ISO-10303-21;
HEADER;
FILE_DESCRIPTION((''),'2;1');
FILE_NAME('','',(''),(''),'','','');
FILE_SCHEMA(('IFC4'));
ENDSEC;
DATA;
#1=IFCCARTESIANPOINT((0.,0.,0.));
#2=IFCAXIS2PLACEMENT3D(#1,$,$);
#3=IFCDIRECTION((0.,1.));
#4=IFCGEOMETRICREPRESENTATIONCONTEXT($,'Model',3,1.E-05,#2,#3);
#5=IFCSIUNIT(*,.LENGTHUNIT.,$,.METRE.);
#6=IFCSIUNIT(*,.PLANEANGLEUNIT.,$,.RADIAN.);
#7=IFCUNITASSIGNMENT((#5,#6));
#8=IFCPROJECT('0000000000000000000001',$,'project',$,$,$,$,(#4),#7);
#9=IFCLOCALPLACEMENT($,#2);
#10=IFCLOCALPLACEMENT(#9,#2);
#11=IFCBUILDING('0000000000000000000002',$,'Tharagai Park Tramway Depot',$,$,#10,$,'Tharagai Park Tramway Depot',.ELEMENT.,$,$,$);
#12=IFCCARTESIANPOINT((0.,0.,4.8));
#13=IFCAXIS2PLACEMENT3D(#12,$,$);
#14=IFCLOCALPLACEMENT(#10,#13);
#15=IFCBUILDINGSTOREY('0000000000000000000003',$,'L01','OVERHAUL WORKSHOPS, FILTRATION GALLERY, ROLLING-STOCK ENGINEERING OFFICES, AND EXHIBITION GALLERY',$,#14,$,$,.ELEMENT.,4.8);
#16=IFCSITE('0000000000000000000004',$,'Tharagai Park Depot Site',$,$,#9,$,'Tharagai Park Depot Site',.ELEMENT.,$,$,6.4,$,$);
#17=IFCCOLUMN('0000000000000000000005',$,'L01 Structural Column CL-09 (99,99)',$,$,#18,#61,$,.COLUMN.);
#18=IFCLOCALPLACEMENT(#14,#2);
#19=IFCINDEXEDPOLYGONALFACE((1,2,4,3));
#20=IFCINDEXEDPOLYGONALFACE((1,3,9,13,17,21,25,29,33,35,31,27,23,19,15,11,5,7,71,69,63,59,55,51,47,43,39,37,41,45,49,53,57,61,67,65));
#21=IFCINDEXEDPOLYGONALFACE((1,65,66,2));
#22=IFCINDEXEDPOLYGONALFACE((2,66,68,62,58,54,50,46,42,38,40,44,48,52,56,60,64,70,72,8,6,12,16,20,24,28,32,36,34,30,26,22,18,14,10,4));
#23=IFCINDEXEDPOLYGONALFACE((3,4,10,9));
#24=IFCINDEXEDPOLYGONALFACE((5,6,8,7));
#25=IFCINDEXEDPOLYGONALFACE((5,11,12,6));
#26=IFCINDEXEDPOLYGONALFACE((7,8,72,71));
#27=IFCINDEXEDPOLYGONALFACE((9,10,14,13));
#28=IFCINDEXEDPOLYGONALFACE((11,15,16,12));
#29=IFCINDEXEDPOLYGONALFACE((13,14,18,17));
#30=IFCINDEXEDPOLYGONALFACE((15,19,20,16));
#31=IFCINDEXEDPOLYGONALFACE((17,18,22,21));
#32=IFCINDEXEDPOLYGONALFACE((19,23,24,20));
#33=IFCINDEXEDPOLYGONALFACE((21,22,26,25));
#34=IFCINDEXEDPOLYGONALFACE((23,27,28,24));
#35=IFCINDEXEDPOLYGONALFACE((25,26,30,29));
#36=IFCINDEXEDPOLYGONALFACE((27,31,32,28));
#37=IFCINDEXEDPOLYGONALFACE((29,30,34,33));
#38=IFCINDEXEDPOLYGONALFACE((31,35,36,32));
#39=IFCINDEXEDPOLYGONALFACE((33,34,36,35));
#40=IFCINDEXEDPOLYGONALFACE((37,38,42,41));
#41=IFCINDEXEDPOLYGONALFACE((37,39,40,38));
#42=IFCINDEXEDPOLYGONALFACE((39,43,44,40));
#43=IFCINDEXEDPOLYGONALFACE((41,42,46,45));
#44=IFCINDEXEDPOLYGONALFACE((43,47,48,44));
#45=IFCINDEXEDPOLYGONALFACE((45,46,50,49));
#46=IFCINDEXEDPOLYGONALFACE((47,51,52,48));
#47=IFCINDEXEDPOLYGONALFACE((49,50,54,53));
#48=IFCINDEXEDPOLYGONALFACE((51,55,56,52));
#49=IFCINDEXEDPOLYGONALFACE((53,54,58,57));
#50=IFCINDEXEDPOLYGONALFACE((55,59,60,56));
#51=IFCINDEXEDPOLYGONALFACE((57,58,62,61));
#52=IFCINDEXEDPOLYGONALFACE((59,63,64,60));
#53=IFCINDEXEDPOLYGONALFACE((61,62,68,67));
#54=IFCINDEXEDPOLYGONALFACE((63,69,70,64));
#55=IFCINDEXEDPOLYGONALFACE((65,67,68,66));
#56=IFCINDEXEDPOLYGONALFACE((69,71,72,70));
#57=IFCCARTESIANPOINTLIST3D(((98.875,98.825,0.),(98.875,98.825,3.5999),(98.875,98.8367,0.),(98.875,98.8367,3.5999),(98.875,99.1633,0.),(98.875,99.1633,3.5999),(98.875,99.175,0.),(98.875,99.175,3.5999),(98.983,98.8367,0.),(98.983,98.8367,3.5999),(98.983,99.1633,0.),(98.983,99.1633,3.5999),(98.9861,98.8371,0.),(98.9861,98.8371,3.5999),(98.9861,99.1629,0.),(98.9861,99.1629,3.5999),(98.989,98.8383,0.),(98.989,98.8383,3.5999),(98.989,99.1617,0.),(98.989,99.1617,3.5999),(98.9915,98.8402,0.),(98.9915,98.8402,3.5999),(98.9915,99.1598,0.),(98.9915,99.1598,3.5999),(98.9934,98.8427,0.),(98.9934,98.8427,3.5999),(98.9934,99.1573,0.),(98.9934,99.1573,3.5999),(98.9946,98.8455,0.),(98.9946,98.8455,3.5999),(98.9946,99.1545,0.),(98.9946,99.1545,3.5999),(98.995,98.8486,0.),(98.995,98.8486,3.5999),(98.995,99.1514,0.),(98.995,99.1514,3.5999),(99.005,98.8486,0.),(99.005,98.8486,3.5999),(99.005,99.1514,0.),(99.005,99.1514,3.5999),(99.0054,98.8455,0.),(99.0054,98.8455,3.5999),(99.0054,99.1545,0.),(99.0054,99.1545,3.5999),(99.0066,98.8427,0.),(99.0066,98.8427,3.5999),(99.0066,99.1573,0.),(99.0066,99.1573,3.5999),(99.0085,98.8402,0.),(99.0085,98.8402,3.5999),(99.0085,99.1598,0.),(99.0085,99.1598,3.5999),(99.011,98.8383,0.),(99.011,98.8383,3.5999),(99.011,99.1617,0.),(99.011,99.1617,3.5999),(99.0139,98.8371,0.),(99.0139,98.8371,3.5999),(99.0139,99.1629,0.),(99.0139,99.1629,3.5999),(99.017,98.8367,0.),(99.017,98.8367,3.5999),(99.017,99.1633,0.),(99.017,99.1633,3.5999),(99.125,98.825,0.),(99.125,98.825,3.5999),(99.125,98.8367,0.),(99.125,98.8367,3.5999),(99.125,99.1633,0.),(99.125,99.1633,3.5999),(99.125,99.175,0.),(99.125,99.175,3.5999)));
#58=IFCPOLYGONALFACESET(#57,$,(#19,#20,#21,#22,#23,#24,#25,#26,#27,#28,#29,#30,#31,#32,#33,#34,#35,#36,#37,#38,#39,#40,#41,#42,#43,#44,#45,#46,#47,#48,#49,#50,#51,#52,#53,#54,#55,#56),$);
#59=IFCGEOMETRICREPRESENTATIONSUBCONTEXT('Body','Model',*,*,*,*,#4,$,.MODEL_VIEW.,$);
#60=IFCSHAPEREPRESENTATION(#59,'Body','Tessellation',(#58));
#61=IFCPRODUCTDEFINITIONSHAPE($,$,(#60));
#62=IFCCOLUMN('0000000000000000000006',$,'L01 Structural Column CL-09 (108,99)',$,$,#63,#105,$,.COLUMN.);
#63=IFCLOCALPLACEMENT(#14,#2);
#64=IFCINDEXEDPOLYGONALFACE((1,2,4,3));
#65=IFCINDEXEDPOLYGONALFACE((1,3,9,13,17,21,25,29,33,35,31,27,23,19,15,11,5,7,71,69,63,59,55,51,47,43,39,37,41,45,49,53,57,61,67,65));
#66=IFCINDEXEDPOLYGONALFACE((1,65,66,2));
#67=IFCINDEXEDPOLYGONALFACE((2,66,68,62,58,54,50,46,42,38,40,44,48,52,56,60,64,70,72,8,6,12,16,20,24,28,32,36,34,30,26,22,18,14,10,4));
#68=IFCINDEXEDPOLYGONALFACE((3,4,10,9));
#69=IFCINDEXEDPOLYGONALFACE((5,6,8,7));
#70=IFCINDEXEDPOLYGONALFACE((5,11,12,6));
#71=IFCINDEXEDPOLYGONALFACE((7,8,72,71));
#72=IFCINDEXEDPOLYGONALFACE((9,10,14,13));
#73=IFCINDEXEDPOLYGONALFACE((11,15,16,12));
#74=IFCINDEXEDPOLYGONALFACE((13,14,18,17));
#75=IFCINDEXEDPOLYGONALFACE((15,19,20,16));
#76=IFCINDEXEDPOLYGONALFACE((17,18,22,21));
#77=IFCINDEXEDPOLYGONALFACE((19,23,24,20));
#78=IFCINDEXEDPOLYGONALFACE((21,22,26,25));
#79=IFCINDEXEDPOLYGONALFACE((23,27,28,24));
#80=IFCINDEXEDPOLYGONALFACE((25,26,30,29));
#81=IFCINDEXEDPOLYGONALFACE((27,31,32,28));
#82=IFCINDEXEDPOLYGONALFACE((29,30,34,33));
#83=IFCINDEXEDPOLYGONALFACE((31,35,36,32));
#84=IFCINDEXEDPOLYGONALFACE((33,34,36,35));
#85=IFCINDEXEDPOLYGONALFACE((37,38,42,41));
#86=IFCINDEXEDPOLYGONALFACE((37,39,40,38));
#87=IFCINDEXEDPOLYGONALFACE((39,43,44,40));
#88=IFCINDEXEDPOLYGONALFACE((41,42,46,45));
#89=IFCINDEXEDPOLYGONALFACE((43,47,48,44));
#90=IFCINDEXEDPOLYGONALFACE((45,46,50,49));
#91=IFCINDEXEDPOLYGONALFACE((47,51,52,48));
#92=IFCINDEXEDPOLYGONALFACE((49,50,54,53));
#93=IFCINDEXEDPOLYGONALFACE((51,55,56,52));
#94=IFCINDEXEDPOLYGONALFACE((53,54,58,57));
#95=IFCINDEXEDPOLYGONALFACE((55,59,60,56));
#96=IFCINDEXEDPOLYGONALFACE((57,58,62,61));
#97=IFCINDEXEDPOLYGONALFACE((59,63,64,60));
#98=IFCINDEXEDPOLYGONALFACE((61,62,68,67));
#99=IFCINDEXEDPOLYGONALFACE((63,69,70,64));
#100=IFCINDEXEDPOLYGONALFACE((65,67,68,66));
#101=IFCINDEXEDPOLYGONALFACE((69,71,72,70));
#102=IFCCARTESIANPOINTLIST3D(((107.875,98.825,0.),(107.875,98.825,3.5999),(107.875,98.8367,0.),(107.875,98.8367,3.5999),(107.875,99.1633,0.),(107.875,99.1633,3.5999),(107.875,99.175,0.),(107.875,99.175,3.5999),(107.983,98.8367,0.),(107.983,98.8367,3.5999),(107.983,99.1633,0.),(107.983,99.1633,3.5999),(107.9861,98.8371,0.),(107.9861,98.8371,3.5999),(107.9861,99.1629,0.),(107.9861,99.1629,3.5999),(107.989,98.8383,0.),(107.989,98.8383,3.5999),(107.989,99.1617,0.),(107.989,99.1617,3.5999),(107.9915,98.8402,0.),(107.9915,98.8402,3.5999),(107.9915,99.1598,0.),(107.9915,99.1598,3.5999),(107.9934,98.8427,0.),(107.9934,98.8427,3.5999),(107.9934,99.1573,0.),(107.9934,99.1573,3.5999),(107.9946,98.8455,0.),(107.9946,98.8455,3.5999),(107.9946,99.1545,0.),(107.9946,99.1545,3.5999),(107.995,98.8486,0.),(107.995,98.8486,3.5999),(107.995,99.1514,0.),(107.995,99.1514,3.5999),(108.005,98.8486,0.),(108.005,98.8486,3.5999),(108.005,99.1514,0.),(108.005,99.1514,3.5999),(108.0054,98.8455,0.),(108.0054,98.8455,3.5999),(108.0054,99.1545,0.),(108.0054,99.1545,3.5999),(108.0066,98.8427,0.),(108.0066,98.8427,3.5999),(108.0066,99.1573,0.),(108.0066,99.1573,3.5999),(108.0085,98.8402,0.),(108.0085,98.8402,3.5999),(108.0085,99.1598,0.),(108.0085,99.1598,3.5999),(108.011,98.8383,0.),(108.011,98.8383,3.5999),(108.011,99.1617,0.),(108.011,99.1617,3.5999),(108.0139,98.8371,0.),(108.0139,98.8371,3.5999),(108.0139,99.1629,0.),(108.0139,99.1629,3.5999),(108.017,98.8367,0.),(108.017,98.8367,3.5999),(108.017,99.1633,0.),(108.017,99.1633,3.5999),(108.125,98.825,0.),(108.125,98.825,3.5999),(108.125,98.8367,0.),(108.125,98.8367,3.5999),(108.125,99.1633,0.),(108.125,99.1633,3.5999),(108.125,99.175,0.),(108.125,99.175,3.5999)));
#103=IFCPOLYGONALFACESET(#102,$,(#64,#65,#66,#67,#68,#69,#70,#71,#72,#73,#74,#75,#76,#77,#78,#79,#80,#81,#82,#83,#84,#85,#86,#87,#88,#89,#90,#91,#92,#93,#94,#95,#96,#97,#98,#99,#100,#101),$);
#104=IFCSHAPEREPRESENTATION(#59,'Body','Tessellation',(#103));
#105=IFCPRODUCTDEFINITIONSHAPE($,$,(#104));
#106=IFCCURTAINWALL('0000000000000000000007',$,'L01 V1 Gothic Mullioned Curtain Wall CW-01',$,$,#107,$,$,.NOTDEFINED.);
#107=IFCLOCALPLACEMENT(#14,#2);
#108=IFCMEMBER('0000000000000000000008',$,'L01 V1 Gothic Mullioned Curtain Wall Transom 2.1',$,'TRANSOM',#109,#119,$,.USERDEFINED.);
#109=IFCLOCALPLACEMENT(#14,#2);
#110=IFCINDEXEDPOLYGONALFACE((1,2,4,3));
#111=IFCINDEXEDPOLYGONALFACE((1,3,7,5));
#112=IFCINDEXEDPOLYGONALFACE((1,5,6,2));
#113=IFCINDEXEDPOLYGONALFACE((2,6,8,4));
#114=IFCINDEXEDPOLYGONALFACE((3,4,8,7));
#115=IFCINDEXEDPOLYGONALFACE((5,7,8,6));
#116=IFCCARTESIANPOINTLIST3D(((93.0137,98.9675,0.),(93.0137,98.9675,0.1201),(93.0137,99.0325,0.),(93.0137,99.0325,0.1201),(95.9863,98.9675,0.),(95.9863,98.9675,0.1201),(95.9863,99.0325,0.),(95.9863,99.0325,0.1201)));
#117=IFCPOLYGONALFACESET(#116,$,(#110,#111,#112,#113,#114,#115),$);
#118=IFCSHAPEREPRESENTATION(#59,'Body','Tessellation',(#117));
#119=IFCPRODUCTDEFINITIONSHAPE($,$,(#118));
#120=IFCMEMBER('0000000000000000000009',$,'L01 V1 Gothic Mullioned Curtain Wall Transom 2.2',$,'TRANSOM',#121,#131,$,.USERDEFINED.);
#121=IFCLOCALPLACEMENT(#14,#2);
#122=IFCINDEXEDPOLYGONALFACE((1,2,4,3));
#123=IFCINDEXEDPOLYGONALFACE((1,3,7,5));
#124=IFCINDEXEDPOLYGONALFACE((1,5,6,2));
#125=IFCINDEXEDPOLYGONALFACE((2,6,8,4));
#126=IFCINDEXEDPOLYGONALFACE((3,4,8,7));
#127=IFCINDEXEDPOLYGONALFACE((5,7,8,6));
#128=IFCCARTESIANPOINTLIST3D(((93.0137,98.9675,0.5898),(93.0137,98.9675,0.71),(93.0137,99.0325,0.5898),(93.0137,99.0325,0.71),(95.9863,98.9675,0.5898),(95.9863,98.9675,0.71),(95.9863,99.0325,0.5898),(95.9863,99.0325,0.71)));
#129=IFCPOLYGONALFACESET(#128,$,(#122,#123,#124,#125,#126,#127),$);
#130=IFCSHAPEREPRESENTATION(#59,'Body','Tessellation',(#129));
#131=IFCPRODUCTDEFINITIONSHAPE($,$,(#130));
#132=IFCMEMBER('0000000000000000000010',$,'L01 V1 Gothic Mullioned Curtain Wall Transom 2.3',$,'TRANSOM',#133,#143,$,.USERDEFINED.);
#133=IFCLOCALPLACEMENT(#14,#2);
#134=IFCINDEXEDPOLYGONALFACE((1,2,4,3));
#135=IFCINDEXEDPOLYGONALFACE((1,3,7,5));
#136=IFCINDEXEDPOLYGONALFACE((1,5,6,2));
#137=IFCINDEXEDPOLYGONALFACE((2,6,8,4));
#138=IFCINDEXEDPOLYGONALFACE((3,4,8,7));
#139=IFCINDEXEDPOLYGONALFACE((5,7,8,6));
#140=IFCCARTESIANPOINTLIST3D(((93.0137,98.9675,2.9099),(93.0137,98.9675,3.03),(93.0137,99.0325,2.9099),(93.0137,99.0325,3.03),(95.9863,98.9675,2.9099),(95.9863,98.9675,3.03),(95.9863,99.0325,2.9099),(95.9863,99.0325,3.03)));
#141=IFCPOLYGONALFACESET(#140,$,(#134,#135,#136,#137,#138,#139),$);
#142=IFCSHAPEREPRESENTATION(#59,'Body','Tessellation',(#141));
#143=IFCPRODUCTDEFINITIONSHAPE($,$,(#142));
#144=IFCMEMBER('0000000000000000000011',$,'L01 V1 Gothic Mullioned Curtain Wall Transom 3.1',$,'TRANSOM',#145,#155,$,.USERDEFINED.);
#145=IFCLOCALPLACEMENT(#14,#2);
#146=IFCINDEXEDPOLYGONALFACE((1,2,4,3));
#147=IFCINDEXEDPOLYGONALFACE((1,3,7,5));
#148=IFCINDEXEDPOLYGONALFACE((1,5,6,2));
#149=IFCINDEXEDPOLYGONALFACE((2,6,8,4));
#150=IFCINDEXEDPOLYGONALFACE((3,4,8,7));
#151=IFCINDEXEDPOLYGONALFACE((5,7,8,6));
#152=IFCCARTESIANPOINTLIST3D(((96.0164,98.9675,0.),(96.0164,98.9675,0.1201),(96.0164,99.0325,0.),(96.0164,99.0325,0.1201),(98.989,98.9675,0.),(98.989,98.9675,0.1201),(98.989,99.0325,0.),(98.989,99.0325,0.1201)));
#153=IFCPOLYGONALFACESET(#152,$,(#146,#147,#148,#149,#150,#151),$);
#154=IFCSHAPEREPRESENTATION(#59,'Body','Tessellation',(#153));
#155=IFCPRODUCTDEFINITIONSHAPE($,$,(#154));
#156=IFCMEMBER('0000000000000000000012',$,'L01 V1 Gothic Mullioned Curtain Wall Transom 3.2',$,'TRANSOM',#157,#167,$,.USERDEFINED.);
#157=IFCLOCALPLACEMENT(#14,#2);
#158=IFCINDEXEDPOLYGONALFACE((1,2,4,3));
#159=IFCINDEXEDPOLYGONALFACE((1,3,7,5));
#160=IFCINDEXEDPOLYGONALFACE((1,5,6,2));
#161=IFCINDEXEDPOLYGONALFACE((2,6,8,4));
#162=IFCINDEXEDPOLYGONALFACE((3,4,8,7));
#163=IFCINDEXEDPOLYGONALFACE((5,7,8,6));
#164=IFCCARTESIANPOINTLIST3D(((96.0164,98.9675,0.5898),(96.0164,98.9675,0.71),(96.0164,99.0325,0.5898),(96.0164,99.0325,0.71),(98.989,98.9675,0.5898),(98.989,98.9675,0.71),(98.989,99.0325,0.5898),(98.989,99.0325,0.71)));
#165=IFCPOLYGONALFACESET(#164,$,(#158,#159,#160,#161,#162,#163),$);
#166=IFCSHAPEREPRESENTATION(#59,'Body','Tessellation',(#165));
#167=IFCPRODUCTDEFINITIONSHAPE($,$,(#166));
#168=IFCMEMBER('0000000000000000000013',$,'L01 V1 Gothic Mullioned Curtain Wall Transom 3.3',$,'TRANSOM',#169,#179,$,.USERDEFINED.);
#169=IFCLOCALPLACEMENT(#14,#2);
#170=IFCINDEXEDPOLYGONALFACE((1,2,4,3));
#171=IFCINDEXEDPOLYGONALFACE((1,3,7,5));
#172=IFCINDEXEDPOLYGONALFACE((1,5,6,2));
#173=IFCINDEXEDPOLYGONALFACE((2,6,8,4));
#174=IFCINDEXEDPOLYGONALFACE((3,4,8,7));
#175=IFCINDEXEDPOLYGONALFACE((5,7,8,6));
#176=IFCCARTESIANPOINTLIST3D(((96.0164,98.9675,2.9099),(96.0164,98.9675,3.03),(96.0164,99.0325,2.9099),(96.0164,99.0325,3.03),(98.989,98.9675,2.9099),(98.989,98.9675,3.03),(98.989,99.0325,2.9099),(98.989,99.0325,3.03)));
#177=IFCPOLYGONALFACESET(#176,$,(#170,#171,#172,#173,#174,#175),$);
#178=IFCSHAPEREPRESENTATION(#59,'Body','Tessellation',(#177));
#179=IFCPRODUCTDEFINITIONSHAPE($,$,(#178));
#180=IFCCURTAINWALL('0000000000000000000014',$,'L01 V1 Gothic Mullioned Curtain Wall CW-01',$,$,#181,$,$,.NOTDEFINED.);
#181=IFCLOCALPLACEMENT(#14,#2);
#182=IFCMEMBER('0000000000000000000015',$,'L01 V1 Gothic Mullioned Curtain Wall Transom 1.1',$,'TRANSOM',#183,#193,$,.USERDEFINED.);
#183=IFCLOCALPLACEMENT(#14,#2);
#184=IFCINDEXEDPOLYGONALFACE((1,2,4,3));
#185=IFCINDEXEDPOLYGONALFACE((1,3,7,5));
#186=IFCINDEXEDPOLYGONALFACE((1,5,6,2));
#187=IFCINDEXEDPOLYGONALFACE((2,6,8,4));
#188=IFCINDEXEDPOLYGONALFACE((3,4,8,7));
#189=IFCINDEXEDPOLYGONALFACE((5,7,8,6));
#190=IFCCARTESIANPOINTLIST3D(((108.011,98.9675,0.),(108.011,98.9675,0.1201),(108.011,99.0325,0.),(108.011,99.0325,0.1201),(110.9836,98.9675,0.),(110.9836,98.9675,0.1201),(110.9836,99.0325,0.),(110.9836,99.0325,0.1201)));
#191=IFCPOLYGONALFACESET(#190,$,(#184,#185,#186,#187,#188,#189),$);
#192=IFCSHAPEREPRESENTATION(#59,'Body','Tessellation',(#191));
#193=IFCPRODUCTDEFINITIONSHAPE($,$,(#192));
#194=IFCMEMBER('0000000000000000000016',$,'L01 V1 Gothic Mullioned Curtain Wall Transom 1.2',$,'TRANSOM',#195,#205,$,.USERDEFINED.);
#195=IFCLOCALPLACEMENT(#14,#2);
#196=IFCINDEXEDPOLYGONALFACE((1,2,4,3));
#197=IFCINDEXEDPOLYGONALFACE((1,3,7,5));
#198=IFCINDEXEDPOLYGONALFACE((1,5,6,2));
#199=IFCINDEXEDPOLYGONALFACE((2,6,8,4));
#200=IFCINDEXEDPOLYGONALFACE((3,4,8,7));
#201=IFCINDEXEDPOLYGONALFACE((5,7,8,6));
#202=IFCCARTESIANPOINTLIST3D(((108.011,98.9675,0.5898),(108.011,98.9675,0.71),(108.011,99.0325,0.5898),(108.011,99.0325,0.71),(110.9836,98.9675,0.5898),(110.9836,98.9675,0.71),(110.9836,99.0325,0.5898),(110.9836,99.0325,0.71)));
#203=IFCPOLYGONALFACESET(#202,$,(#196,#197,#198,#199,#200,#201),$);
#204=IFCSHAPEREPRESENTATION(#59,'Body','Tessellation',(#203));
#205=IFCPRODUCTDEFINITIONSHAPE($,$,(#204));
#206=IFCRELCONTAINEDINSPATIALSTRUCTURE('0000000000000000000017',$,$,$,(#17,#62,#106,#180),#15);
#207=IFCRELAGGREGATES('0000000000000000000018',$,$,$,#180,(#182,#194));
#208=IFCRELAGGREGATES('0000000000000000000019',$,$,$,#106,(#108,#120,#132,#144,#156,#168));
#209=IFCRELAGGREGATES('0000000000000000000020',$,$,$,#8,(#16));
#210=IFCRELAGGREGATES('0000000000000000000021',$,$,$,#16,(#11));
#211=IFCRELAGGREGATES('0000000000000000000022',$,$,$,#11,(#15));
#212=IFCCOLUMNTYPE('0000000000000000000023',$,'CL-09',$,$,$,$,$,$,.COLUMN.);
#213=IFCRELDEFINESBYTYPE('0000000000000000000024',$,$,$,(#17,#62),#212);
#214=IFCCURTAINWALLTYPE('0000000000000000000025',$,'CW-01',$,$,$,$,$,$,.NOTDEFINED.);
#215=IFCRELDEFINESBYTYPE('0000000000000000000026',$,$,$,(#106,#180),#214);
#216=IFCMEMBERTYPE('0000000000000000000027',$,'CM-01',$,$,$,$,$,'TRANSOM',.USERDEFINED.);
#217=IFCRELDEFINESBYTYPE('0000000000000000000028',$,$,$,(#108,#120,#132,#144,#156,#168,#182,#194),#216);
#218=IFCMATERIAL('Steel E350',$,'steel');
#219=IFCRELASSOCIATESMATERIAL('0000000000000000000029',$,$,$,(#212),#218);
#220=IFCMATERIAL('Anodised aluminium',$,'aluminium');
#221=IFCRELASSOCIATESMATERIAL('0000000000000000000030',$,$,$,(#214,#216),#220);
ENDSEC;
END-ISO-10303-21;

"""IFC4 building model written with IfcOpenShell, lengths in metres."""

from ifc_helpers import new_model, si_unit, direction, frame, origin, origin_2d, place, context, subcontext, project, spatial, rectangle, i_section, extrude, material, material_profile, profile_set, type_object, element, aggregate, save


model = new_model("IFC4")

# Units and contexts
model_context = context("Model", 3, precision=1e-05, world=origin(), true_north=direction((0.0, 1.0)))
body_context = subcontext(model_context, "Body", "Model", "MODEL_VIEW")
ifc_project = project(units=[si_unit("LENGTHUNIT", "METRE"), si_unit("PLANEANGLEUNIT", "RADIAN")], contexts=[model_context])

# Site, building, storey
site_placement = place(None, origin())
site = spatial("IfcSite", under=ifc_project, at=site_placement, Name="Tharagai Park Depot Site", LongName="Tharagai Park Depot Site", CompositionType="ELEMENT", RefElevation=6.4)
building_placement = place(site_placement, origin())
building = spatial("IfcBuilding", under=site, at=building_placement, Name="Tharagai Park Tramway Depot", LongName="Tharagai Park Tramway Depot", CompositionType="ELEMENT")
storey_placement = place(building_placement, frame((0.0, 0.0, 4.8)))
storey = spatial("IfcBuildingStorey", under=building, at=storey_placement, Name="L01", Description="OVERHAUL WORKSHOPS, FILTRATION GALLERY, ROLLING-STOCK ENGINEERING OFFICES, AND EXHIBITION GALLERY", CompositionType="ELEMENT", Elevation=4.8)

# Columns
ifc_material_1 = material(Name="Steel E350", Category="steel")
ifc_material_profile_1 = material_profile(ifc_material_1, i_section(OverallWidth=0.25, OverallDepth=0.3501, WebThickness=0.01, FlangeThickness=0.0117, FilletRadius=0.012, at=origin_2d()), Name="ISHB 350")
ifc_profile_set_1 = profile_set([ifc_material_profile_1], Name="Steel E350")
column_type = type_object("IfcColumnType", Name="CL-09", PredefinedType="COLUMN", material=ifc_profile_set_1)
for number, where, z_axis, x_axis, name in (
    (1, (99.0, 99.0, 0.0), (0.0, 0.0, 1.0), (1.0, 0.0, 0.0), "L01 Structural Column CL-09 (99,99)"),
    (2, (108.0, 99.0, 0.0), (0.0, 0.0, 1.0), (1.0, 0.0, 0.0), "L01 Structural Column CL-09 (108,99)"),
):
    element("IfcColumn", number, at=place(storey_placement, frame(where, z_axis=z_axis, x_axis=x_axis)), inside=storey, type_object=column_type, Name=name, PredefinedType="COLUMN", context=body_context, shape_type="SweptSolid", body=[
        extrude(i_section(OverallWidth=0.25, OverallDepth=0.3501, WebThickness=0.01, FlangeThickness=0.0117, FilletRadius=0.012, at=origin_2d()), origin(), (0.0, 0.0, 1.0), 3.5999),
    ])

# Curtain walls, members
ifc_material_2 = material(Name="Anodised aluminium", Category="aluminium")
curtain_wall_type = type_object("IfcCurtainWallType", Name="CW-01", PredefinedType="NOTDEFINED", material=ifc_material_2)
curtain_wall_1_placement = place(storey_placement, origin())
curtain_wall_1 = element("IfcCurtainWall", 3, at=curtain_wall_1_placement, inside=storey, type_object=curtain_wall_type, Name="L01 V1 Gothic Mullioned Curtain Wall CW-01", PredefinedType="NOTDEFINED")
ifc_material_profile_2 = material_profile(ifc_material_2, rectangle(XDim=0.0649, YDim=0.1201, at=origin_2d()), Name="ALU 65x120")
ifc_profile_set_2 = profile_set([ifc_material_profile_2], Name="Anodised aluminium")
member_type_1 = type_object("IfcMemberType", Name="CM-01", ElementType="TRANSOM", PredefinedType="USERDEFINED", material=ifc_profile_set_2)
member_1_placement = place(storey_placement, frame((93.0137, 99.0, 0.0601), z_axis=(1.0, 0.0, 0.0), x_axis=(0.0, 1.0, 0.0)))
member_1 = element("IfcMember", 4, at=member_1_placement, type_object=member_type_1, Name="L01 V1 Gothic Mullioned Curtain Wall Transom 2.1", ObjectType="TRANSOM", PredefinedType="USERDEFINED", context=body_context, shape_type="SweptSolid", body=[
    extrude(rectangle(XDim=0.0649, YDim=0.1201, at=origin_2d()), origin(), (0.0, 0.0, 1.0), 2.9727),
])
member_2_placement = place(storey_placement, frame((93.0137, 99.0, 0.6499), z_axis=(1.0, 0.0, 0.0), x_axis=(0.0, 1.0, 0.0)))
member_2 = element("IfcMember", 5, at=member_2_placement, type_object=member_type_1, Name="L01 V1 Gothic Mullioned Curtain Wall Transom 2.2", ObjectType="TRANSOM", PredefinedType="USERDEFINED", context=body_context, shape_type="SweptSolid", body=[
    extrude(rectangle(XDim=0.0649, YDim=0.1201, at=origin_2d()), origin(), (0.0, 0.0, 1.0), 2.9727),
])
member_3_placement = place(storey_placement, frame((93.0137, 99.0, 2.97), z_axis=(1.0, 0.0, 0.0), x_axis=(0.0, 1.0, 0.0)))
member_3 = element("IfcMember", 6, at=member_3_placement, type_object=member_type_1, Name="L01 V1 Gothic Mullioned Curtain Wall Transom 2.3", ObjectType="TRANSOM", PredefinedType="USERDEFINED", context=body_context, shape_type="SweptSolid", body=[
    extrude(rectangle(XDim=0.0649, YDim=0.1201, at=origin_2d()), origin(), (0.0, 0.0, 1.0), 2.9727),
])
member_4_placement = place(storey_placement, frame((96.0164, 99.0, 0.0601), z_axis=(1.0, 0.0, 0.0), x_axis=(0.0, 1.0, 0.0)))
member_4 = element("IfcMember", 7, at=member_4_placement, type_object=member_type_1, Name="L01 V1 Gothic Mullioned Curtain Wall Transom 3.1", ObjectType="TRANSOM", PredefinedType="USERDEFINED", context=body_context, shape_type="SweptSolid", body=[
    extrude(rectangle(XDim=0.0649, YDim=0.1201, at=origin_2d()), origin(), (0.0, 0.0, 1.0), 2.9727),
])
member_5_placement = place(storey_placement, frame((96.0164, 99.0, 0.6499), z_axis=(1.0, 0.0, 0.0), x_axis=(0.0, 1.0, 0.0)))
member_5 = element("IfcMember", 8, at=member_5_placement, type_object=member_type_1, Name="L01 V1 Gothic Mullioned Curtain Wall Transom 3.2", ObjectType="TRANSOM", PredefinedType="USERDEFINED", context=body_context, shape_type="SweptSolid", body=[
    extrude(rectangle(XDim=0.0649, YDim=0.1201, at=origin_2d()), origin(), (0.0, 0.0, 1.0), 2.9727),
])
member_6_placement = place(storey_placement, frame((96.0164, 99.0, 2.97), z_axis=(1.0, 0.0, 0.0), x_axis=(0.0, 1.0, 0.0)))
member_6 = element("IfcMember", 9, at=member_6_placement, type_object=member_type_1, Name="L01 V1 Gothic Mullioned Curtain Wall Transom 3.3", ObjectType="TRANSOM", PredefinedType="USERDEFINED", context=body_context, shape_type="SweptSolid", body=[
    extrude(rectangle(XDim=0.0649, YDim=0.1201, at=origin_2d()), origin(), (0.0, 0.0, 1.0), 2.9727),
])
curtain_wall_2_placement = place(storey_placement, origin())
curtain_wall_2 = element("IfcCurtainWall", 10, at=curtain_wall_2_placement, inside=storey, type_object=curtain_wall_type, Name="L01 V1 Gothic Mullioned Curtain Wall CW-01", PredefinedType="NOTDEFINED")
member_7_placement = place(storey_placement, frame((108.011, 99.0, 0.0601), z_axis=(1.0, 0.0, 0.0), x_axis=(0.0, 1.0, 0.0)))
member_7 = element("IfcMember", 11, at=member_7_placement, type_object=member_type_1, Name="L01 V1 Gothic Mullioned Curtain Wall Transom 1.1", ObjectType="TRANSOM", PredefinedType="USERDEFINED", context=body_context, shape_type="SweptSolid", body=[
    extrude(rectangle(XDim=0.0649, YDim=0.1201, at=origin_2d()), origin(), (0.0, 0.0, 1.0), 2.9727),
])
member_8_placement = place(storey_placement, frame((108.011, 99.0, 0.6499), z_axis=(1.0, 0.0, 0.0), x_axis=(0.0, 1.0, 0.0)))
member_8 = element("IfcMember", 12, at=member_8_placement, type_object=member_type_1, Name="L01 V1 Gothic Mullioned Curtain Wall Transom 1.2", ObjectType="TRANSOM", PredefinedType="USERDEFINED", context=body_context, shape_type="SweptSolid", body=[
    extrude(rectangle(XDim=0.0649, YDim=0.1201, at=origin_2d()), origin(), (0.0, 0.0, 1.0), 2.9727),
])

aggregate(curtain_wall_2, [member_7, member_8])

aggregate(curtain_wall_1, [member_1, member_2, member_3, member_4, member_5, member_6])

save(model, "model.ifc")
